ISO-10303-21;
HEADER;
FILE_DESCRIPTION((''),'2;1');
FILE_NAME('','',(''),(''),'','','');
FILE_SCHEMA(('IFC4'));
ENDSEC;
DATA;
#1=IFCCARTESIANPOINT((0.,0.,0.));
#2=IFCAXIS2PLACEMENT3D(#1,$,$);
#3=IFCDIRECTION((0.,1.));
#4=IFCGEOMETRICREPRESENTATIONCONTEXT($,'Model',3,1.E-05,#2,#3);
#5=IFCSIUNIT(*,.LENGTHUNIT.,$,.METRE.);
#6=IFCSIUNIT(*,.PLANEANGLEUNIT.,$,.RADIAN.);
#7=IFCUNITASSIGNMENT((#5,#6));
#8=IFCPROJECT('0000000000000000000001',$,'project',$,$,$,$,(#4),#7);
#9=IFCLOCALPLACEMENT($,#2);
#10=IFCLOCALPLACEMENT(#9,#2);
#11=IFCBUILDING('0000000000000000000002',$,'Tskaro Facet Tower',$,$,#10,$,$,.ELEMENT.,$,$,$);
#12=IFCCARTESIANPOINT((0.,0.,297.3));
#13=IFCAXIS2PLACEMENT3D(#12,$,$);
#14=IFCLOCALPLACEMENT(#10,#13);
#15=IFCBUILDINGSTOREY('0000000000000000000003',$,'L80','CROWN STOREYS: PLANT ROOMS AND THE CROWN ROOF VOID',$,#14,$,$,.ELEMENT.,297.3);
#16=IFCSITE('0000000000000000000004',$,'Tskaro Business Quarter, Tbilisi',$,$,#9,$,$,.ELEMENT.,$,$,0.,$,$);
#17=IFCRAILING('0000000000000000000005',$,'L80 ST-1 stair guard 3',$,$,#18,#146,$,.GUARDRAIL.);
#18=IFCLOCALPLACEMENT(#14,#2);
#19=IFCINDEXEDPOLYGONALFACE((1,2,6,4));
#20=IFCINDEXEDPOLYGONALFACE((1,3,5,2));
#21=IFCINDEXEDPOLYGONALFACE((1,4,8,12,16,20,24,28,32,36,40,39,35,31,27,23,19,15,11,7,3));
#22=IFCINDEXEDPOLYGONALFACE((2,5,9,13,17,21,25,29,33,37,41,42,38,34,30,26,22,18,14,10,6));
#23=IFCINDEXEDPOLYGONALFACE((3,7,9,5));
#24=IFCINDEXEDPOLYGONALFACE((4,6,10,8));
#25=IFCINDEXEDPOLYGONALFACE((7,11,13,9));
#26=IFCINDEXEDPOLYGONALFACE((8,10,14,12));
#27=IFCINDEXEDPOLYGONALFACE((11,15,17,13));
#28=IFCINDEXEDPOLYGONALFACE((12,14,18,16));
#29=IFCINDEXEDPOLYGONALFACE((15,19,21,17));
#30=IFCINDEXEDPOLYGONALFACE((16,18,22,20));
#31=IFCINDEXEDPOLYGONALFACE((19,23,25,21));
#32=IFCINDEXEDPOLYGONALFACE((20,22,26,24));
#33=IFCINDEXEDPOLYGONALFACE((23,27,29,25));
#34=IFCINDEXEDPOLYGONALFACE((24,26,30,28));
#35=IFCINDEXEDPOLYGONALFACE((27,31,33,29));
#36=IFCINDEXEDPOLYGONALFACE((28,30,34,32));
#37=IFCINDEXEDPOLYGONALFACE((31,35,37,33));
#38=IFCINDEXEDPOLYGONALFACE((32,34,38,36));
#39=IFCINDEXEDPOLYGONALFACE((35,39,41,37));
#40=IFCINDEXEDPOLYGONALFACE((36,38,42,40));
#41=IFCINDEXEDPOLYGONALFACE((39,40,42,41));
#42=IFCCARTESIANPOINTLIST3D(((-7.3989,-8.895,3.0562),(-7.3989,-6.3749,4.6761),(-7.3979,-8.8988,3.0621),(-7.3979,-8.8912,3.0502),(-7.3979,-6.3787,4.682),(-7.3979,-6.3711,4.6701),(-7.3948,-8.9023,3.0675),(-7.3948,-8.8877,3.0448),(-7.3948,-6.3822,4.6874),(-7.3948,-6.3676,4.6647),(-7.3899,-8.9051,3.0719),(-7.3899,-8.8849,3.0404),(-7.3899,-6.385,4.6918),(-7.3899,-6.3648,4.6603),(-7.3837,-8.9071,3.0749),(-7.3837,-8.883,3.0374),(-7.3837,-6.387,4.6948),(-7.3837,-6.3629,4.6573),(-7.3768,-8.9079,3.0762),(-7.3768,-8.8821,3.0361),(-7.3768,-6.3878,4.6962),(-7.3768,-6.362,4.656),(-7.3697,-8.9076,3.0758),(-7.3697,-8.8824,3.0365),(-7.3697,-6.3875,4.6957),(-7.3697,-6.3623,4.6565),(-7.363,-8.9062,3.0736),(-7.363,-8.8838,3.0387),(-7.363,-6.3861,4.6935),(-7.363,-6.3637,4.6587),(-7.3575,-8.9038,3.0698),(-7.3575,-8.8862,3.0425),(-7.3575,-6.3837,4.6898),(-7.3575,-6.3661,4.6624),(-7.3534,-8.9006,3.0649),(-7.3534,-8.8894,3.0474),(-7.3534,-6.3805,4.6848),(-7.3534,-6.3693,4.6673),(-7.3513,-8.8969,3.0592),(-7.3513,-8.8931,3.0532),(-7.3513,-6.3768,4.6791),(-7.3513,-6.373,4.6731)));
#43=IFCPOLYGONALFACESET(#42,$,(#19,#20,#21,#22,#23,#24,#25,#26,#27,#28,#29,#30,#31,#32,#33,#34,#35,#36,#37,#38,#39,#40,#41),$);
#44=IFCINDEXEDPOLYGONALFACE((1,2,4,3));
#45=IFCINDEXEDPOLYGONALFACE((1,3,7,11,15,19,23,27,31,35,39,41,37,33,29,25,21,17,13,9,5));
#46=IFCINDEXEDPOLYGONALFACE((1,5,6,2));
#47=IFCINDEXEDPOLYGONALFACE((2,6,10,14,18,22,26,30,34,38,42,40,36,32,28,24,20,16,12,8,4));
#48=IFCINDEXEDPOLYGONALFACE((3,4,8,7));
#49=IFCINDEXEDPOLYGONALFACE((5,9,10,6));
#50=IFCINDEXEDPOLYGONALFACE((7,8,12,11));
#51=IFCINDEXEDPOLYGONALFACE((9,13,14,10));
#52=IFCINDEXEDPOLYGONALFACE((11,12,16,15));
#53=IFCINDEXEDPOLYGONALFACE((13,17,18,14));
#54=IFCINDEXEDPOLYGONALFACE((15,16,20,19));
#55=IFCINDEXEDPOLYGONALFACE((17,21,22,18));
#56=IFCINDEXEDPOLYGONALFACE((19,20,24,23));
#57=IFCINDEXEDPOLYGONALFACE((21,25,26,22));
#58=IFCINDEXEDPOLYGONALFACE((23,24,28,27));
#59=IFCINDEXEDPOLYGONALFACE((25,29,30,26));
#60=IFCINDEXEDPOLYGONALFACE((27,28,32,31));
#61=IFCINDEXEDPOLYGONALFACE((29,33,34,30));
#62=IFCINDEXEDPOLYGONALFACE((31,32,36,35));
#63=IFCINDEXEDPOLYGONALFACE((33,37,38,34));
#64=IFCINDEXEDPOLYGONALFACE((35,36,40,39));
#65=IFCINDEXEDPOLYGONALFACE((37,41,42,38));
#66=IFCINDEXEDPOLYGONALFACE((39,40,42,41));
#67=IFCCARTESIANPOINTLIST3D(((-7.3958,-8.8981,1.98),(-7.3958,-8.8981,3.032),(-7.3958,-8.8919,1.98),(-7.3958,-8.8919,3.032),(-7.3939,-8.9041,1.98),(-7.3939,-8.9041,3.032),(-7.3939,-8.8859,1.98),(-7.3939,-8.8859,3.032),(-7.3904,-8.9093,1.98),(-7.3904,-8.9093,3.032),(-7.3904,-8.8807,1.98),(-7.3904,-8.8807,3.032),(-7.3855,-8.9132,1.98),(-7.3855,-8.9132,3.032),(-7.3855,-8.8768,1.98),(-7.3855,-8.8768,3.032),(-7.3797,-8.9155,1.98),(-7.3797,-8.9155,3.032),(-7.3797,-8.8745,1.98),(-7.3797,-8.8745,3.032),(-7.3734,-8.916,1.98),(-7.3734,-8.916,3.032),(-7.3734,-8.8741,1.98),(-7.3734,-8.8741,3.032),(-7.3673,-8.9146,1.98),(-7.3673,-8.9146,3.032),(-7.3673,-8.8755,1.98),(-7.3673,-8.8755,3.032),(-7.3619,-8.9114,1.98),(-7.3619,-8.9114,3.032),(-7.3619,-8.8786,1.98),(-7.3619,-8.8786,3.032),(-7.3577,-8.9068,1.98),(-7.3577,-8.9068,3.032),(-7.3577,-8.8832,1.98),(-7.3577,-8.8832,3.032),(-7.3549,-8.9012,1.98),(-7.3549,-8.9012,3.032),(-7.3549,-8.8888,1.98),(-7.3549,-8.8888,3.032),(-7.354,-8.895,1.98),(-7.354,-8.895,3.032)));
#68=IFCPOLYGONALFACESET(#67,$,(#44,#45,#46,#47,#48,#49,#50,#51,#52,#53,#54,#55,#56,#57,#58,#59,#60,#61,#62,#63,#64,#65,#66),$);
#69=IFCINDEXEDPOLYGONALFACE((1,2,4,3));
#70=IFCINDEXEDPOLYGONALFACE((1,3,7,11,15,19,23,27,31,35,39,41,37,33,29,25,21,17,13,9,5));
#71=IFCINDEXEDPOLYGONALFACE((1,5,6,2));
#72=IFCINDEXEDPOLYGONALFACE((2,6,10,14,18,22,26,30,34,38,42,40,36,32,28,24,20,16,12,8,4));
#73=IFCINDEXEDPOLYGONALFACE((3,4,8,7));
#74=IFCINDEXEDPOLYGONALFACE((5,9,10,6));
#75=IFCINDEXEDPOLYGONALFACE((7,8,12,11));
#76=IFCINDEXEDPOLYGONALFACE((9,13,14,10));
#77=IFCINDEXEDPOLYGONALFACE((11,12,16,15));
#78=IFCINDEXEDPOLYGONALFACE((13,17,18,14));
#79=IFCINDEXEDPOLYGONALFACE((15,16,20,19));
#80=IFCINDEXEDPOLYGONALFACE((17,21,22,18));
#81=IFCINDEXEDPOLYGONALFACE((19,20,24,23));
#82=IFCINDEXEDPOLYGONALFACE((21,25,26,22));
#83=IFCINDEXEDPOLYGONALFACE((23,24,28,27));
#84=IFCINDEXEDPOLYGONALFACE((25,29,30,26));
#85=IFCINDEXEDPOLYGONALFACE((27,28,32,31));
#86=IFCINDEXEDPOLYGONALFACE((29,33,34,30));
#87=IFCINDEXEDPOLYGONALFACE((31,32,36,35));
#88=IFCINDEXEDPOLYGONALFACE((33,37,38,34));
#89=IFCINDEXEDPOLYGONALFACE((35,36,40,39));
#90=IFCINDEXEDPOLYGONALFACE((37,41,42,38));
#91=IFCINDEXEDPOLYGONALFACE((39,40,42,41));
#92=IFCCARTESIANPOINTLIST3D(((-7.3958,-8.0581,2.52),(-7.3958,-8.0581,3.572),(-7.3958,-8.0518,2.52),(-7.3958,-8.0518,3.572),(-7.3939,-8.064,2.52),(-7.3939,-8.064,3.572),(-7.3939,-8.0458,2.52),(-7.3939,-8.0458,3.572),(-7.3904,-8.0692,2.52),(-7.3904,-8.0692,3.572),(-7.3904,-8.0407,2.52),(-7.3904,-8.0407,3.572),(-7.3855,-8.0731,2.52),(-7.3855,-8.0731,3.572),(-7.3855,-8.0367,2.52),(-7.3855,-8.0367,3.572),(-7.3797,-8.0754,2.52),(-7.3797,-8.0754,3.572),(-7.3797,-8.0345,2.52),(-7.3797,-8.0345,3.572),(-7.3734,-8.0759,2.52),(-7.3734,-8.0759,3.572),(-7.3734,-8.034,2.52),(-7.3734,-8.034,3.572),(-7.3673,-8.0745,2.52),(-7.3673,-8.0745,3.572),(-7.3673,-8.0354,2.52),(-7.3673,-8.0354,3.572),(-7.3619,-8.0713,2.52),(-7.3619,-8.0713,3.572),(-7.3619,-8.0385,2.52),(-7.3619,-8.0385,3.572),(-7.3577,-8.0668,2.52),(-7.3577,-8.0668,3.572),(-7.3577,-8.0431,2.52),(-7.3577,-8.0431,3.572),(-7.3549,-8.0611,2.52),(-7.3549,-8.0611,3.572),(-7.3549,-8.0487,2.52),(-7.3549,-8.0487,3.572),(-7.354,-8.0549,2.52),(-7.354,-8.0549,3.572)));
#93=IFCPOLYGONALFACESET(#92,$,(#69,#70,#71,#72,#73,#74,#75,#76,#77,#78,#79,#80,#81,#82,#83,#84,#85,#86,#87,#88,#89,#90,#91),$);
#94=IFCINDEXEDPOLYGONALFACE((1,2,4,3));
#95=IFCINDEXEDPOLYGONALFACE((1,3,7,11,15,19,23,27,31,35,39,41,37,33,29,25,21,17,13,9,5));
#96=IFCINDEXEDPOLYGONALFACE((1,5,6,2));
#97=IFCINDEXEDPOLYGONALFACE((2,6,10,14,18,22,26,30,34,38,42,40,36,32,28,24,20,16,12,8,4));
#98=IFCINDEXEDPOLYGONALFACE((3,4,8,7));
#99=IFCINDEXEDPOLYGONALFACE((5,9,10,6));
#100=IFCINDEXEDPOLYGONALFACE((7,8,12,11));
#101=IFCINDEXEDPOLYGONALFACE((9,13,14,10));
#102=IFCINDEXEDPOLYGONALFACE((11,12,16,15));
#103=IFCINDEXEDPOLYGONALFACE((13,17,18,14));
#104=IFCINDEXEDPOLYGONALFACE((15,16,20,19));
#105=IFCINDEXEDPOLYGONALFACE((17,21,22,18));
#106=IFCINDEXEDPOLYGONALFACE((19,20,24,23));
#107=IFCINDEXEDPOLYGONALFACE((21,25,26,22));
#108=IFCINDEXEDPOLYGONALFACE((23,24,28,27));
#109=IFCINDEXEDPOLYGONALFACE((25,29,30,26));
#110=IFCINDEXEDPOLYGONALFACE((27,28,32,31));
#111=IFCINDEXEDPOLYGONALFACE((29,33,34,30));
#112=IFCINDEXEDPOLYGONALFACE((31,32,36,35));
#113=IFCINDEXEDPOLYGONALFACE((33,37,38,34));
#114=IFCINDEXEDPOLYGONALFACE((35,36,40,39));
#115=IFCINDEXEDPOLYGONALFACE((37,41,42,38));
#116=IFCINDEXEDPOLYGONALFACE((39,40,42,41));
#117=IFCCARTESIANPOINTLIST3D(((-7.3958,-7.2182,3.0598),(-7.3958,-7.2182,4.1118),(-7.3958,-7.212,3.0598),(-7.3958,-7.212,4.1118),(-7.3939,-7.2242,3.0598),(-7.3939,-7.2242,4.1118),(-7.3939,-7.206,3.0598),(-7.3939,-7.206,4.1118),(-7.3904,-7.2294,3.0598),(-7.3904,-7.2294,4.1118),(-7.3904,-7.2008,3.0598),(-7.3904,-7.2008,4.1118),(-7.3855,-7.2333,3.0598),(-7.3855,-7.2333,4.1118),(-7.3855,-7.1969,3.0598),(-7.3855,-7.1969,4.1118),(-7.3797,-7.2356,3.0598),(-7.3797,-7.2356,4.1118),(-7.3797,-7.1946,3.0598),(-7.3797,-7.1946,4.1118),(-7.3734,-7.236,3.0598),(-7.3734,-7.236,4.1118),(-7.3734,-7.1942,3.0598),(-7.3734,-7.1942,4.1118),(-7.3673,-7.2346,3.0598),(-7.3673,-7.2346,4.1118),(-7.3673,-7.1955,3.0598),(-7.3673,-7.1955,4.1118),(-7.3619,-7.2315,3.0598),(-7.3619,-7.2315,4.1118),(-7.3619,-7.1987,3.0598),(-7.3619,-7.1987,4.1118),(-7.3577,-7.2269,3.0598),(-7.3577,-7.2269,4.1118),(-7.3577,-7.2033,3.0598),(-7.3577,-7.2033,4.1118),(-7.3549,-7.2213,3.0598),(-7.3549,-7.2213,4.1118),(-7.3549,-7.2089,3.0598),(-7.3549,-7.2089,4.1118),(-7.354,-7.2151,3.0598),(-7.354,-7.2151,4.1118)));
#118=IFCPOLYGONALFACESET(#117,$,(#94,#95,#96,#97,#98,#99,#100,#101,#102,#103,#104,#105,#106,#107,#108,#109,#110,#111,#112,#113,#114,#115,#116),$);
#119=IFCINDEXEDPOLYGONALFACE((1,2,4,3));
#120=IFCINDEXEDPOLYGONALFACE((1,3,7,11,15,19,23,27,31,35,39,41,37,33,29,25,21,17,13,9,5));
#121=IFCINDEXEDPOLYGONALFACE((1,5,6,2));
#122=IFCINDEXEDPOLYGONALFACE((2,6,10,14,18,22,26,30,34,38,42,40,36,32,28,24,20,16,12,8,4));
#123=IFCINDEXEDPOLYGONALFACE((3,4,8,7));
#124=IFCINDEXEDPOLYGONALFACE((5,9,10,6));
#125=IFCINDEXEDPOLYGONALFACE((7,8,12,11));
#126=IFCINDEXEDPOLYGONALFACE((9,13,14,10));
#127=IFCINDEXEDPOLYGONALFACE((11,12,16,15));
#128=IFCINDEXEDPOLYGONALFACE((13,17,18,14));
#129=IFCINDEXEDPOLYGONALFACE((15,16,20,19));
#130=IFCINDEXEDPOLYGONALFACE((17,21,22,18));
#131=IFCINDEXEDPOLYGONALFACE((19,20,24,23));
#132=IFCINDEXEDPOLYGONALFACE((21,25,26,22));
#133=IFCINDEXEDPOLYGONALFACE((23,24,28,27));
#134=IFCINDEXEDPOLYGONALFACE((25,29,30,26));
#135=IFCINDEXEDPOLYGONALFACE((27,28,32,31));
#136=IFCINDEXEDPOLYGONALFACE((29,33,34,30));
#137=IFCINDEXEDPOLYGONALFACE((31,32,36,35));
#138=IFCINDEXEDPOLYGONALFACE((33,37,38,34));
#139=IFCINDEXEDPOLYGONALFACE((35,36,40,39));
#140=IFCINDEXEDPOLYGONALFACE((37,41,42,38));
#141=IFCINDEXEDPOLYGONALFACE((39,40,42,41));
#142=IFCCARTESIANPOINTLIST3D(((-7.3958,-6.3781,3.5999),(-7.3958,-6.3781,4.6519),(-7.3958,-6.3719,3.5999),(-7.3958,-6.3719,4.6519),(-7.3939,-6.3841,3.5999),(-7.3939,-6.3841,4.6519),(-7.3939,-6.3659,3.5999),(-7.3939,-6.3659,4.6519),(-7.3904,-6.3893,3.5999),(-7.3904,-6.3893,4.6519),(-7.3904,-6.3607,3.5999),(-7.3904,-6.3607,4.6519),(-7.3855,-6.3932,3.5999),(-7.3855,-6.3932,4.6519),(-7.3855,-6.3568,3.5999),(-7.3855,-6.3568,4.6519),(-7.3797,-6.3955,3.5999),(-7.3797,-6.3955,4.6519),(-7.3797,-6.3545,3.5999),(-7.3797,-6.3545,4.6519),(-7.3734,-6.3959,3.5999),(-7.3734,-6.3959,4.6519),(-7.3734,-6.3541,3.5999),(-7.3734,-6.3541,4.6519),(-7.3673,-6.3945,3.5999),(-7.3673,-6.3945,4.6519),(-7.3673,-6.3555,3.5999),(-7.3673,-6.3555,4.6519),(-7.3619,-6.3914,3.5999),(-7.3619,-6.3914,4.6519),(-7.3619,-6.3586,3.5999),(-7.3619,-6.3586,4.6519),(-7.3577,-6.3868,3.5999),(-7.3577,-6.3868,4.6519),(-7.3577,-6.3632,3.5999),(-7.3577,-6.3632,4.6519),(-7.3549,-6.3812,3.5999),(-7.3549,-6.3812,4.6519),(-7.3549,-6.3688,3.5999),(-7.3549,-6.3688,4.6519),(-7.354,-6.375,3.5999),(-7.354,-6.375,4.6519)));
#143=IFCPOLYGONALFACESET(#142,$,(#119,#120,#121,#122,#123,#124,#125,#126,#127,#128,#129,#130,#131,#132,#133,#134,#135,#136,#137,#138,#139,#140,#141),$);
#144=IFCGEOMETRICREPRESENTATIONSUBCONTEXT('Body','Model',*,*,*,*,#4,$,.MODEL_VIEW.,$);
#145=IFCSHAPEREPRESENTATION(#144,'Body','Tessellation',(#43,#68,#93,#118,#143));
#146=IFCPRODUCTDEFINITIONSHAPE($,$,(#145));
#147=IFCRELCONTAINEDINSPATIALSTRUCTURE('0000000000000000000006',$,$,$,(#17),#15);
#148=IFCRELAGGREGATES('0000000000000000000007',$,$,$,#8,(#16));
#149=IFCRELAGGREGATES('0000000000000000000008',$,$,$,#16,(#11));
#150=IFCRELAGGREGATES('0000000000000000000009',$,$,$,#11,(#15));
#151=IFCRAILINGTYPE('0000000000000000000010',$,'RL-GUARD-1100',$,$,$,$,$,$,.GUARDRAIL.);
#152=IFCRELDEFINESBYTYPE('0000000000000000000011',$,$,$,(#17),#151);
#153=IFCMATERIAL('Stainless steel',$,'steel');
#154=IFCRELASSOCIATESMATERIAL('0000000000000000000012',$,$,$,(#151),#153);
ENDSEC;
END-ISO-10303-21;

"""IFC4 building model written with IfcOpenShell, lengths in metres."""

from ifc_helpers import new_model, si_unit, direction, frame, origin, origin_2d, place, context, subcontext, project, spatial, circle, extrude, material, type_object, element, save


model = new_model("IFC4")

# Units and contexts
model_context = context("Model", 3, precision=1e-05, world=origin(), true_north=direction((0.0, 1.0)))
body_context = subcontext(model_context, "Body", "Model", "MODEL_VIEW")
ifc_project = project(units=[si_unit("LENGTHUNIT", "METRE"), si_unit("PLANEANGLEUNIT", "RADIAN")], contexts=[model_context])

# Site, building, storey
site_placement = place(None, origin())
site = spatial("IfcSite", under=ifc_project, at=site_placement, Name="Tskaro Business Quarter, Tbilisi", CompositionType="ELEMENT", RefElevation=0.0)
building_placement = place(site_placement, origin())
building = spatial("IfcBuilding", under=site, at=building_placement, Name="Tskaro Facet Tower", CompositionType="ELEMENT")
storey_placement = place(building_placement, frame((0.0, 0.0, 297.3)))
storey = spatial("IfcBuildingStorey", under=building, at=storey_placement, Name="L80", Description="CROWN STOREYS: PLANT ROOMS AND THE CROWN ROOF VOID", CompositionType="ELEMENT", Elevation=297.3)

# Railing
ifc_material_1 = material(Name="Stainless steel", Category="steel")
railing_type_1 = type_object("IfcRailingType", Name="RL-GUARD-1100", PredefinedType="GUARDRAIL", material=ifc_material_1)
railing_1_placement = place(storey_placement, frame((-7.375, -8.895, 1.98)))
element("IfcRailing", 1, at=railing_1_placement, inside=storey, type_object=railing_type_1, Name="L80 ST-1 stair guard 3", PredefinedType="GUARDRAIL", context=body_context, shape_type="SweptSolid", body=[
    extrude(circle(Radius=0.0239, at=origin_2d()), frame((0.0, 0.0, 1.0762), z_axis=(0.0, 0.8412, 0.540725), x_axis=(-1.0, 0.0, 0.0)), (0.0, 0.0, 1.0), 2.9958),
    extrude(circle(Radius=0.021, at=origin_2d()), origin(), (0.0, 0.0, 1.0), 1.052),
    extrude(circle(Radius=0.021, at=origin_2d()), frame((0.0, 0.8401, 0.54)), (0.0, 0.0, 1.0), 1.052),
    extrude(circle(Radius=0.021, at=origin_2d()), frame((0.0, 1.6799, 1.0798)), (0.0, 0.0, 1.0), 1.052),
    extrude(circle(Radius=0.021, at=origin_2d()), frame((0.0, 2.52, 1.6199)), (0.0, 0.0, 1.0), 1.052),
])

save(model, "model.ifc")
